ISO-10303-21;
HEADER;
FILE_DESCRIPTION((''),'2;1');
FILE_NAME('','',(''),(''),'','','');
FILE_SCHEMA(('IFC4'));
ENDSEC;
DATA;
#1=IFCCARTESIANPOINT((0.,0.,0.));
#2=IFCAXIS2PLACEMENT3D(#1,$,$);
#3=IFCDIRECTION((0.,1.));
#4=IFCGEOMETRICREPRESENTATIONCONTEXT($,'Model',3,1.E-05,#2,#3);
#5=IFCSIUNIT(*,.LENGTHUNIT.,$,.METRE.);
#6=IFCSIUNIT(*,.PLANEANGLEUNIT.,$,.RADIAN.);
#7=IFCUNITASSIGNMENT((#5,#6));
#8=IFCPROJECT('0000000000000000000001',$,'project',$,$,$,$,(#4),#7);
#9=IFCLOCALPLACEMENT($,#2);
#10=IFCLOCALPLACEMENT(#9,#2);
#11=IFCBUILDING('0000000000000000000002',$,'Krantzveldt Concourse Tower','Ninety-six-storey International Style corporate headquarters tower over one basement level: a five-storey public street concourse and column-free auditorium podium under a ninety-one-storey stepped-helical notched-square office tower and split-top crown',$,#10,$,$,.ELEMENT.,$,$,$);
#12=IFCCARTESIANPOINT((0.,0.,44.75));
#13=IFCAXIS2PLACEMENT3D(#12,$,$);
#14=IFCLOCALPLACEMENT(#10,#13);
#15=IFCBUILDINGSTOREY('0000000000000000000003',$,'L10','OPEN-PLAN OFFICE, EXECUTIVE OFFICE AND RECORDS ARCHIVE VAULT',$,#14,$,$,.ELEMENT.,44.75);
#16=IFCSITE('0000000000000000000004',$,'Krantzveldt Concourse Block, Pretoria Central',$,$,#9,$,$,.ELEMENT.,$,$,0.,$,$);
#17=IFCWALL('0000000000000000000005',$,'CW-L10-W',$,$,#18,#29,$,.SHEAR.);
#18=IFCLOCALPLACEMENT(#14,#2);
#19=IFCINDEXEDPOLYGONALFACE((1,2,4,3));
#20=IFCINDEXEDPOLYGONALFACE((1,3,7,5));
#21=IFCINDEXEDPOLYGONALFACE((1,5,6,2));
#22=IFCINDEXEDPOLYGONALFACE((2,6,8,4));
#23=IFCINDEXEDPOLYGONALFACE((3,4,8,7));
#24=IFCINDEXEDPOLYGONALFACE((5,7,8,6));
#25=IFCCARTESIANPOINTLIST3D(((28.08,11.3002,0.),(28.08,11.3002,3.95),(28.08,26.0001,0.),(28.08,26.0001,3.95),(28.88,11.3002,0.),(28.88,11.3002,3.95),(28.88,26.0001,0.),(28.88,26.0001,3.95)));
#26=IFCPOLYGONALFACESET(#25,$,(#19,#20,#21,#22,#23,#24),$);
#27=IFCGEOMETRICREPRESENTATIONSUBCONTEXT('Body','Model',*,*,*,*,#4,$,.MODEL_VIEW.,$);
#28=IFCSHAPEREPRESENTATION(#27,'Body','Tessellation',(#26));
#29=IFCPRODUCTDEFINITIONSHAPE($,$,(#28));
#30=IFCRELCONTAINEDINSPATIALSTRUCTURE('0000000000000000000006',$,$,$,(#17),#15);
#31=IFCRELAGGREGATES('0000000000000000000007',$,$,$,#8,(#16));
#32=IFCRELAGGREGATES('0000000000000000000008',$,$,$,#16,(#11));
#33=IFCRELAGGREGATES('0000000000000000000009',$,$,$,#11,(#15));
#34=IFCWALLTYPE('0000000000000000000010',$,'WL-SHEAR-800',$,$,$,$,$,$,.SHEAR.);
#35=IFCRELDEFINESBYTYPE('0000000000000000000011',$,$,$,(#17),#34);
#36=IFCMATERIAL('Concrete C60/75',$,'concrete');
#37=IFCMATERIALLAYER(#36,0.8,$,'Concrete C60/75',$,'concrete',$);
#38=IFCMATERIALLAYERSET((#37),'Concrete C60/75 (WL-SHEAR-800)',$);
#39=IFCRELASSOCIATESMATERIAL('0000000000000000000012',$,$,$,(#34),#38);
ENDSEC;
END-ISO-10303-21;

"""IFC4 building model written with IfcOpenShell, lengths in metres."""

from ifc_helpers import new_model, si_unit, direction, frame, frame_2d, origin, place, context, subcontext, project, spatial, rectangle, extrude, material, layer, layer_set, type_object, element, save


model = new_model("IFC4")

# Units and contexts
model_context = context("Model", 3, precision=1e-05, world=origin(), true_north=direction((0.0, 1.0)))
body_context = subcontext(model_context, "Body", "Model", "MODEL_VIEW")
ifc_project = project(units=[si_unit("LENGTHUNIT", "METRE"), si_unit("PLANEANGLEUNIT", "RADIAN")], contexts=[model_context])

# Site, building, storey
site_placement = place(None, origin())
site = spatial("IfcSite", under=ifc_project, at=site_placement, Name="Krantzveldt Concourse Block, Pretoria Central", CompositionType="ELEMENT", RefElevation=0.0)
building_placement = place(site_placement, origin())
building = spatial("IfcBuilding", under=site, at=building_placement, Name="Krantzveldt Concourse Tower", Description="Ninety-six-storey International Style corporate headquarters tower over one basement level: a five-storey public street concourse and column-free auditorium podium under a ninety-one-storey stepped-helical notched-square office tower and split-top crown", CompositionType="ELEMENT")
storey_placement = place(building_placement, frame((0.0, 0.0, 44.75)))
storey = spatial("IfcBuildingStorey", under=building, at=storey_placement, Name="L10", Description="OPEN-PLAN OFFICE, EXECUTIVE OFFICE AND RECORDS ARCHIVE VAULT", CompositionType="ELEMENT", Elevation=44.75)

# Wall
ifc_material_1 = material(Name="Concrete C60/75", Category="concrete")
ifc_layer_1 = layer(ifc_material_1, 0.8, Name="Concrete C60/75", Category="concrete")
ifc_layer_set_1 = layer_set([ifc_layer_1], Name="Concrete C60/75 (WL-SHEAR-800)")
wall_type_1 = type_object("IfcWallType", Name="WL-SHEAR-800", PredefinedType="SHEAR", material=ifc_layer_set_1)
wall_1_placement = place(storey_placement, frame((28.48, 11.3, 0.0), z_axis=(0.0, 0.0, 1.0), x_axis=(0.0, 1.0, 0.0)))
element("IfcWall", 1, at=wall_1_placement, inside=storey, type_object=wall_type_1, Name="CW-L10-W", PredefinedType="SHEAR", context=body_context, shape_type="SweptSolid", body=[
    extrude(rectangle(XDim=14.7, YDim=0.8, at=frame_2d((7.3501, 0.0))), origin(), (0.0, 0.0, 1.0), 3.95),
])

save(model, "model.ifc")
